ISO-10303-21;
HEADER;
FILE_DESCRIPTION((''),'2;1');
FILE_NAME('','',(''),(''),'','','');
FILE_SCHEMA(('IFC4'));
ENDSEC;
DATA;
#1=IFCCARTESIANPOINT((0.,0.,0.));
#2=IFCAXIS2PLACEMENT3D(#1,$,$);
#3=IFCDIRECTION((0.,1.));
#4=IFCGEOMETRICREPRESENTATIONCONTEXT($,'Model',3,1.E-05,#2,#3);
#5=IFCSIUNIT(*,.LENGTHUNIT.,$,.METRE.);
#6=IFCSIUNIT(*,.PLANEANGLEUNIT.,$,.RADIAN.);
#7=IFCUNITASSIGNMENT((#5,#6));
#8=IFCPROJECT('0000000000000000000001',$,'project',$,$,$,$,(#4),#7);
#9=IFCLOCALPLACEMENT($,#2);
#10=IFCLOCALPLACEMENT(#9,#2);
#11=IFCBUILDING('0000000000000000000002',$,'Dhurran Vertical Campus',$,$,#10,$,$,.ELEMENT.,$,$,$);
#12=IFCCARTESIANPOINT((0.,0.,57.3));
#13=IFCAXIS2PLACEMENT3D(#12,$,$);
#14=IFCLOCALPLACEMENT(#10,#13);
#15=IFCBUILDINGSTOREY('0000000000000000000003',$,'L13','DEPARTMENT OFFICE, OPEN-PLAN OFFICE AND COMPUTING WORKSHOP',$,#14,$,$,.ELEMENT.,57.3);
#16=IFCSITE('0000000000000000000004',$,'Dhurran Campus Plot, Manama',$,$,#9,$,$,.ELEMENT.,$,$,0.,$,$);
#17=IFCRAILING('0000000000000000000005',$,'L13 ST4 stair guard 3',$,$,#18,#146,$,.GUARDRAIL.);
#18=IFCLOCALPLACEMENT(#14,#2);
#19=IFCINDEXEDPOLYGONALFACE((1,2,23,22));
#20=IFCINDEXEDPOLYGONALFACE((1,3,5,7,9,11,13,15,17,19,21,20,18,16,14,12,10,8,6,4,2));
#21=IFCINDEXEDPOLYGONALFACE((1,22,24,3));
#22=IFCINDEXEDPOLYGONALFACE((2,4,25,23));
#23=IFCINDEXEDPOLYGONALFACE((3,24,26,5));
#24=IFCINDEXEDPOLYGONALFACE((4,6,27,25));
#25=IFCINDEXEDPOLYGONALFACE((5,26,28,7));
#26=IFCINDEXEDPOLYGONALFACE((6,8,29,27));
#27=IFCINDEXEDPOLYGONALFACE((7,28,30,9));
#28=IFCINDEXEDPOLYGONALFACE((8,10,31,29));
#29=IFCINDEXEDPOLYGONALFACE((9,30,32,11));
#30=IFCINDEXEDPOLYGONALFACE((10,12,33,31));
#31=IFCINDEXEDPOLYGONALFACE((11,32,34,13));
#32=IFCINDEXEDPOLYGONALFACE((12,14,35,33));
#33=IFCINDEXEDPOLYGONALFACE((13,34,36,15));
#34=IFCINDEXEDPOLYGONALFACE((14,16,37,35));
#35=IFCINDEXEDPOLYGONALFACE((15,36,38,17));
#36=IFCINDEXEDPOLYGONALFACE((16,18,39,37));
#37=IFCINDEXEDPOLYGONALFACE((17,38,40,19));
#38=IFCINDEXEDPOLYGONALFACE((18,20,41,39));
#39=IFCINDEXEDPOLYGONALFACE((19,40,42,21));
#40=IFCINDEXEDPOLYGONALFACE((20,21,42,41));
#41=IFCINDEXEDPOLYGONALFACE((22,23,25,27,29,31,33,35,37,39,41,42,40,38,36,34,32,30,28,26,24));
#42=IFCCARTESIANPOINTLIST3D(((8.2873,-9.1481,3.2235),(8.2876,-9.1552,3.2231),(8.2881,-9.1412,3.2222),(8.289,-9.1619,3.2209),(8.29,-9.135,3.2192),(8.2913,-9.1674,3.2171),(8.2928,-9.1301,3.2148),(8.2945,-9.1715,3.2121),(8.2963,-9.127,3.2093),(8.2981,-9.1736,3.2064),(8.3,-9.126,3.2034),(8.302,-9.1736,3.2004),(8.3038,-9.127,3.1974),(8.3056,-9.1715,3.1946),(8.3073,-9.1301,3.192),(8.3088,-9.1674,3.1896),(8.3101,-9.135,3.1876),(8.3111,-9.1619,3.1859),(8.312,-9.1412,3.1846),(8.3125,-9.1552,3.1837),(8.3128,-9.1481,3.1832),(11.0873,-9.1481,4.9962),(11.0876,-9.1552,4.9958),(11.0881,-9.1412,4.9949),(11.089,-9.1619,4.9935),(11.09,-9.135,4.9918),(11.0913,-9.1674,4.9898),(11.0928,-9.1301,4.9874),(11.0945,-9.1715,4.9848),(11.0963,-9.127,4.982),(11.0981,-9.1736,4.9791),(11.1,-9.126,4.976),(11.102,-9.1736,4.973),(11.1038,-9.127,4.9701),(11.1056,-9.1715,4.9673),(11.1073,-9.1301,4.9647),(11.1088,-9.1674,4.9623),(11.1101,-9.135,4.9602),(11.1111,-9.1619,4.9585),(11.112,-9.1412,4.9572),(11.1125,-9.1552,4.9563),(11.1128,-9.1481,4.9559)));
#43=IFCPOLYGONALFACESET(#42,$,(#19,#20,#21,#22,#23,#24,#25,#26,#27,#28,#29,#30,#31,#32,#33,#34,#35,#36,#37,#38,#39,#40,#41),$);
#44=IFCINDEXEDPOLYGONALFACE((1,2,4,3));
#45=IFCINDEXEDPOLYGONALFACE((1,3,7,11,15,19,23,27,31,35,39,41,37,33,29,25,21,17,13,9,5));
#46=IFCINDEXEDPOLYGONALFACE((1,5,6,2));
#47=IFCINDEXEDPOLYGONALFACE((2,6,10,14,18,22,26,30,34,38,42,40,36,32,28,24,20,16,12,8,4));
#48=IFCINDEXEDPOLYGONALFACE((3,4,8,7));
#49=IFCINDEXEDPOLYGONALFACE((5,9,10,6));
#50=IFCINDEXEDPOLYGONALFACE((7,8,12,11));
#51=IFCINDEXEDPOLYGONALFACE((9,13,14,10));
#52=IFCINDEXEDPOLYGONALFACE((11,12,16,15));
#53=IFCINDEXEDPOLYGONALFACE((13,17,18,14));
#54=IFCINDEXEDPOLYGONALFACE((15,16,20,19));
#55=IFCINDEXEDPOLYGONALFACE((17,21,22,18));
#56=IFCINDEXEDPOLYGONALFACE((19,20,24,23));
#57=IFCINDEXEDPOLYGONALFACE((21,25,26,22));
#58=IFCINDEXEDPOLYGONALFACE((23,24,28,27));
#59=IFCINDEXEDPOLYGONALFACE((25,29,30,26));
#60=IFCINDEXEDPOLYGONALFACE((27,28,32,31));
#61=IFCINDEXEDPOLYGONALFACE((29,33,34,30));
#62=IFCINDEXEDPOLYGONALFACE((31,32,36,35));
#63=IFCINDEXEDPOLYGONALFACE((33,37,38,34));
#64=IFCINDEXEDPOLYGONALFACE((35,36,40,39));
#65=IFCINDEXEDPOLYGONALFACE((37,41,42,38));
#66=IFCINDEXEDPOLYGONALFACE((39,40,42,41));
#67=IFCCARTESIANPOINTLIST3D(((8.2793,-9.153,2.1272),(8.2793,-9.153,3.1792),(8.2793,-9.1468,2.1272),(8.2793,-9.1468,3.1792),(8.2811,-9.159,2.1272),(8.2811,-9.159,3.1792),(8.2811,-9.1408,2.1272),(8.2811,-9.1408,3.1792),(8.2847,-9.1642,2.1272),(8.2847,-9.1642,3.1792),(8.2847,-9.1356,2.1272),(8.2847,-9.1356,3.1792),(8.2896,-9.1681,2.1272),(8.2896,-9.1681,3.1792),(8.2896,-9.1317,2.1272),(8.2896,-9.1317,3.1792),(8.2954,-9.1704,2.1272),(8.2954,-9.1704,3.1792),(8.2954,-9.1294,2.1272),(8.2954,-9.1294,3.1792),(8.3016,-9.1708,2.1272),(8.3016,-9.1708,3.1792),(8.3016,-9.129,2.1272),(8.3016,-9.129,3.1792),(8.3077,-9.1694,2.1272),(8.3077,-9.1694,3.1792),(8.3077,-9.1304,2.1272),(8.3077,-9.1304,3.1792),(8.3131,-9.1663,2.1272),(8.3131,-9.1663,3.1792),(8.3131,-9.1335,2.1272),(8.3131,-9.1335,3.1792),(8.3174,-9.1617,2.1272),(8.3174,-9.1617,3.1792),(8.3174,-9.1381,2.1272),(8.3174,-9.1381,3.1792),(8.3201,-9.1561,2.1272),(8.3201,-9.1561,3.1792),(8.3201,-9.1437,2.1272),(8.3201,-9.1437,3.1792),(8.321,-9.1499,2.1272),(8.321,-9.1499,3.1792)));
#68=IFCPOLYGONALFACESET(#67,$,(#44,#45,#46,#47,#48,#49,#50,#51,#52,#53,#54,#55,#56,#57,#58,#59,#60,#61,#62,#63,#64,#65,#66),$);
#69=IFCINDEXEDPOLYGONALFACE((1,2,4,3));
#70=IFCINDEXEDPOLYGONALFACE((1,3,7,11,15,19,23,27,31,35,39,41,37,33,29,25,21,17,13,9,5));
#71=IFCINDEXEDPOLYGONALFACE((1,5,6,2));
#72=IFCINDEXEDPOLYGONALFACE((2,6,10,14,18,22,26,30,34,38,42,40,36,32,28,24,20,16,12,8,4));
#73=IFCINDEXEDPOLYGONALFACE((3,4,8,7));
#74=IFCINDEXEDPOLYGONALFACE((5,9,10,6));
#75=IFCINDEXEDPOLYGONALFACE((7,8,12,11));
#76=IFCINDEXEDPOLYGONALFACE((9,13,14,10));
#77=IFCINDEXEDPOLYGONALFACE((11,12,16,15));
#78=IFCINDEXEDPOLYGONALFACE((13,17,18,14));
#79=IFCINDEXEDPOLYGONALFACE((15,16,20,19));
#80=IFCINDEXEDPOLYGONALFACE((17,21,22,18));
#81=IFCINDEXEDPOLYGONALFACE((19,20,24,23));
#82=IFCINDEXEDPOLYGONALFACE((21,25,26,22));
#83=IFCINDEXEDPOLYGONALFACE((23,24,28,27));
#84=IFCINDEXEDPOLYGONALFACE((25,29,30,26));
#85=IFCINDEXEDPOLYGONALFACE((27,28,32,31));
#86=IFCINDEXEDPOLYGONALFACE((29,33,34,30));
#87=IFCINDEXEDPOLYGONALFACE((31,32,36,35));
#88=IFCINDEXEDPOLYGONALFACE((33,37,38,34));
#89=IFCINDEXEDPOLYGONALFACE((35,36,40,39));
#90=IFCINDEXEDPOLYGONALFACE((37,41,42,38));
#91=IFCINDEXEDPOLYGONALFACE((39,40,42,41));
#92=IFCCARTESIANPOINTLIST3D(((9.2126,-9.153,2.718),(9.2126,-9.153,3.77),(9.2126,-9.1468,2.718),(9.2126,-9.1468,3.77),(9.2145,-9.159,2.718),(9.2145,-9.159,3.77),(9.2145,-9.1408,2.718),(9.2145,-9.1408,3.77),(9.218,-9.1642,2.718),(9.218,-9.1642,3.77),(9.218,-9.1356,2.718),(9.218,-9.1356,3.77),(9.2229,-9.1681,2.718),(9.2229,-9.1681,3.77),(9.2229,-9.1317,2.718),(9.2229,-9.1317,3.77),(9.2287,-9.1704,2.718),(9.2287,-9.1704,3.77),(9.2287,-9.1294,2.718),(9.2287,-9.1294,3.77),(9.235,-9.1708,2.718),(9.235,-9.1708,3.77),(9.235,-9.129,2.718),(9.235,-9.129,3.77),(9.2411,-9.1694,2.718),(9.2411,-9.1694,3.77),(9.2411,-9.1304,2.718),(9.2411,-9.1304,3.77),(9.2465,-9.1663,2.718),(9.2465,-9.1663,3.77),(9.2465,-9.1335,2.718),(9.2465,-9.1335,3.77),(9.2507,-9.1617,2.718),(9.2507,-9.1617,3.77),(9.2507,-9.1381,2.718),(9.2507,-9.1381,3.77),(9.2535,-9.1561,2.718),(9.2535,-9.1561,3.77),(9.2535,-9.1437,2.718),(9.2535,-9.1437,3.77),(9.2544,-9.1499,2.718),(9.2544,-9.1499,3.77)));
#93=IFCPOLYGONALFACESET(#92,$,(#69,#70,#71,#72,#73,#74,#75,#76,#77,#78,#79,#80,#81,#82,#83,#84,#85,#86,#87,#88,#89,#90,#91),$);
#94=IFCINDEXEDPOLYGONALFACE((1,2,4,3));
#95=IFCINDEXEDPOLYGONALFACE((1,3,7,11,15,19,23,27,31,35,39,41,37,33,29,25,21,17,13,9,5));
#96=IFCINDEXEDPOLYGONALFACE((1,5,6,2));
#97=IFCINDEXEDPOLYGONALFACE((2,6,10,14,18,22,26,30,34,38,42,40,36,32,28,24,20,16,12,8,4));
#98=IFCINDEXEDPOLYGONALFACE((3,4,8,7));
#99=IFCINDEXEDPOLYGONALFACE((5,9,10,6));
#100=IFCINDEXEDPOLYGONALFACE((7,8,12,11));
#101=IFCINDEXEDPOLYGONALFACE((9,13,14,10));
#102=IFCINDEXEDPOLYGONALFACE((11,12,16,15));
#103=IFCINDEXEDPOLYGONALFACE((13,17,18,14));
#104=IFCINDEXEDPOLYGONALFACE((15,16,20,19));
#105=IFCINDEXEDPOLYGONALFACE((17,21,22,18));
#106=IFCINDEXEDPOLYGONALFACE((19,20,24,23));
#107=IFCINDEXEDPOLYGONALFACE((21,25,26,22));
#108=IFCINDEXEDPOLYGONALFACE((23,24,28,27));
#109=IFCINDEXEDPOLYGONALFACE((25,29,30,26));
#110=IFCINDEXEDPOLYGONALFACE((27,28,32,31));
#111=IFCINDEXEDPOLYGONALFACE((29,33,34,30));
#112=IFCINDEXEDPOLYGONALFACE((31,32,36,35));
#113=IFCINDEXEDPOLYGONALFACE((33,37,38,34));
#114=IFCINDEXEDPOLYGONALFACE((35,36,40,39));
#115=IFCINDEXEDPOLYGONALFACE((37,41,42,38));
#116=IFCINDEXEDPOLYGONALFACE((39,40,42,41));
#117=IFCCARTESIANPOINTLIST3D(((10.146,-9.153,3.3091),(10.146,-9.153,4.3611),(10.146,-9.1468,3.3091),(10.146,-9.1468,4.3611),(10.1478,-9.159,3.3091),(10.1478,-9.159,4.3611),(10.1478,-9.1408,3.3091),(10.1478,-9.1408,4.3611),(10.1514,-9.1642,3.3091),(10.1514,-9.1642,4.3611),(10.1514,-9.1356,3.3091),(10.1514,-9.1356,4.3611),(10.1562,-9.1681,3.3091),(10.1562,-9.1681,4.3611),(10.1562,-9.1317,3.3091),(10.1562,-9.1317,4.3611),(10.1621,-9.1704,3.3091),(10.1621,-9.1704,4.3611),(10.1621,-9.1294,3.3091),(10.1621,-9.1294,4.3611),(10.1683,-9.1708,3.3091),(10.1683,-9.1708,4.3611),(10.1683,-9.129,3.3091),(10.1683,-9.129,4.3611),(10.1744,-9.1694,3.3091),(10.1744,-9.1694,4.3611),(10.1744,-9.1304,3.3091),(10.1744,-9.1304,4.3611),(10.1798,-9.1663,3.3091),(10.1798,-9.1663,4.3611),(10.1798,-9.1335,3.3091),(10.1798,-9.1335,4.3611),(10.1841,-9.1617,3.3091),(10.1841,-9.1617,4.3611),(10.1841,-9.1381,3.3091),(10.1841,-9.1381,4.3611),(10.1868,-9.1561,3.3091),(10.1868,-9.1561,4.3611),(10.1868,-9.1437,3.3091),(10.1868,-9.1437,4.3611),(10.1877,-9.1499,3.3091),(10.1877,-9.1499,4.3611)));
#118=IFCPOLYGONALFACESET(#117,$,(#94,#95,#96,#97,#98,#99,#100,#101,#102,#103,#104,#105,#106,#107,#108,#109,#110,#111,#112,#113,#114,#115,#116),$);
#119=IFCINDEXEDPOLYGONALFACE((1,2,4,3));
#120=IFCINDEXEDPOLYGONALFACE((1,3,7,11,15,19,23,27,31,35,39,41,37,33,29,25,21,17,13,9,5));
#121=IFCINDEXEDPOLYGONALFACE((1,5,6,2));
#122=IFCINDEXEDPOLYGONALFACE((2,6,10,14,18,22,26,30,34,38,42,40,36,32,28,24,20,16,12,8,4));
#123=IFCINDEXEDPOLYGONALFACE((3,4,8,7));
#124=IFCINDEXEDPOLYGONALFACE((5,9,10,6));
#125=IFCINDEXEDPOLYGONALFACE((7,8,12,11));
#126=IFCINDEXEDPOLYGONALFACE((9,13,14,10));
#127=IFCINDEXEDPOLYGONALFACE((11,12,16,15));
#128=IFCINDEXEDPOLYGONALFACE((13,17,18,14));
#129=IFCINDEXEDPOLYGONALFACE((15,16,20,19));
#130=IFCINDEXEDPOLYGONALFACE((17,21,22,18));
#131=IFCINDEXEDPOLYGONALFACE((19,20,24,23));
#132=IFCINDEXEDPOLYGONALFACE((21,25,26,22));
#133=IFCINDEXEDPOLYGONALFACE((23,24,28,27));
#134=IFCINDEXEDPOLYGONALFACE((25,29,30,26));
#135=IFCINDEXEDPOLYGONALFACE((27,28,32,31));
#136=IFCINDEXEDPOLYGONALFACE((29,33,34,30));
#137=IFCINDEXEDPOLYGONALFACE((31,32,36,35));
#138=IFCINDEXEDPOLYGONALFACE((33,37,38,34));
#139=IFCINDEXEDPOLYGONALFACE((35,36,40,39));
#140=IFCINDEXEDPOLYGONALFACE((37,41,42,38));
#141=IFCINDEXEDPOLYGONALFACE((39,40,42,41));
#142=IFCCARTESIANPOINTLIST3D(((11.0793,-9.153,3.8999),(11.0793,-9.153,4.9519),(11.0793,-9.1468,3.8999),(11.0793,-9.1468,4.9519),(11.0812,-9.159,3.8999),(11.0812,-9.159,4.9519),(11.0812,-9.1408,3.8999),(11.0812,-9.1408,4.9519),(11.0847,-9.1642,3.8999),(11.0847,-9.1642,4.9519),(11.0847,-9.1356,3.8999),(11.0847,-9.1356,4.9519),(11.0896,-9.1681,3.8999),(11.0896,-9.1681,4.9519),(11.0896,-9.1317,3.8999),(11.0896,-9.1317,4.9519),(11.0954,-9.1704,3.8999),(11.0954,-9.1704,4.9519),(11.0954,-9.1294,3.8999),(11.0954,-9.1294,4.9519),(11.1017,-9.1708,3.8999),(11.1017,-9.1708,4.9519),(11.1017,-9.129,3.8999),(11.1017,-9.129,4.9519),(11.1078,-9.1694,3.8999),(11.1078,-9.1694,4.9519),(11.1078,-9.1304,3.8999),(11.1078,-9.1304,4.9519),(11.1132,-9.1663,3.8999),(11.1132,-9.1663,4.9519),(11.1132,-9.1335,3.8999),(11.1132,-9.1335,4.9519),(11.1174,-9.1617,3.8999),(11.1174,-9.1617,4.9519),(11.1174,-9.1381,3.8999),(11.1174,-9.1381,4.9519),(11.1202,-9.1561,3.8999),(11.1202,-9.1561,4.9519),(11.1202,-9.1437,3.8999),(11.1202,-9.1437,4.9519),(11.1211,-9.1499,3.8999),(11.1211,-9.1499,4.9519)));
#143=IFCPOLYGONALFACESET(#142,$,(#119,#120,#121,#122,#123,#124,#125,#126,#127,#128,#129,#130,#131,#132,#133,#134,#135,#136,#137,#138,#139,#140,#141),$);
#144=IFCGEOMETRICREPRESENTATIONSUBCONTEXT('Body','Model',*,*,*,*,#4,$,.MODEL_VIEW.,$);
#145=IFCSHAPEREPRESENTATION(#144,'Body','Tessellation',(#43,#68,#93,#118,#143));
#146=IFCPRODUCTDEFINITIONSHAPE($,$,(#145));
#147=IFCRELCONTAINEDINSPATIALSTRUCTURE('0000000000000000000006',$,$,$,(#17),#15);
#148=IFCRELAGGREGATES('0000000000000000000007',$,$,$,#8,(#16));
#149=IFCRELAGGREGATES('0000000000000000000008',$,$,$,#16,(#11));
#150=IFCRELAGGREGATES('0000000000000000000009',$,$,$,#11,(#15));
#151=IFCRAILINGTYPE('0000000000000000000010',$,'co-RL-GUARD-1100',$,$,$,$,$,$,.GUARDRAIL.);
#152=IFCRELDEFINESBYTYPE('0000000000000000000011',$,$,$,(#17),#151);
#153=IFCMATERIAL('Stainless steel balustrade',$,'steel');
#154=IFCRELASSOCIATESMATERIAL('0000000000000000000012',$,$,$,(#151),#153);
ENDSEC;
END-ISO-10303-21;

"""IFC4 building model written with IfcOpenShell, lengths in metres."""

from ifc_helpers import new_model, si_unit, direction, frame, origin, origin_2d, place, context, subcontext, project, spatial, circle, extrude, material, type_object, element, save


model = new_model("IFC4")

# Units and contexts
model_context = context("Model", 3, precision=1e-05, world=origin(), true_north=direction((0.0, 1.0)))
body_context = subcontext(model_context, "Body", "Model", "MODEL_VIEW")
ifc_project = project(units=[si_unit("LENGTHUNIT", "METRE"), si_unit("PLANEANGLEUNIT", "RADIAN")], contexts=[model_context])

# Site, building, storey
site_placement = place(None, origin())
site = spatial("IfcSite", under=ifc_project, at=site_placement, Name="Dhurran Campus Plot, Manama", CompositionType="ELEMENT", RefElevation=0.0)
building_placement = place(site_placement, origin())
building = spatial("IfcBuilding", under=site, at=building_placement, Name="Dhurran Vertical Campus", CompositionType="ELEMENT")
storey_placement = place(building_placement, frame((0.0, 0.0, 57.3)))
storey = spatial("IfcBuildingStorey", under=building, at=storey_placement, Name="L13", Description="DEPARTMENT OFFICE, OPEN-PLAN OFFICE AND COMPUTING WORKSHOP", CompositionType="ELEMENT", Elevation=57.3)

# Railing
ifc_material_1 = material(Name="Stainless steel balustrade", Category="steel")
railing_type_1 = type_object("IfcRailingType", Name="co-RL-GUARD-1100", PredefinedType="GUARDRAIL", material=ifc_material_1)
railing_1_placement = place(storey_placement, frame((8.3, -9.1499, 2.1272)))
element("IfcRailing", 1, at=railing_1_placement, inside=storey, type_object=railing_type_1, Name="L13 ST4 stair guard 3", PredefinedType="GUARDRAIL", context=body_context, shape_type="SweptSolid", body=[
    extrude(circle(Radius=0.0239, at=origin_2d()), frame((0.0, 0.0, 1.0762), z_axis=(0.844909, 0.0, 0.53491), x_axis=(0.0, 1.0, 0.0)), (0.0, 0.0, 1.0), 3.314),
    extrude(circle(Radius=0.021, at=origin_2d()), origin(), (0.0, 0.0, 1.0), 1.052),
    extrude(circle(Radius=0.021, at=origin_2d()), frame((0.9333, 0.0, 0.5908)), (0.0, 0.0, 1.0), 1.052),
    extrude(circle(Radius=0.021, at=origin_2d()), frame((1.8667, 0.0, 1.1819)), (0.0, 0.0, 1.0), 1.052),
    extrude(circle(Radius=0.021, at=origin_2d()), frame((2.8, 0.0, 1.7727)), (0.0, 0.0, 1.0), 1.052),
])

save(model, "model.ifc")
